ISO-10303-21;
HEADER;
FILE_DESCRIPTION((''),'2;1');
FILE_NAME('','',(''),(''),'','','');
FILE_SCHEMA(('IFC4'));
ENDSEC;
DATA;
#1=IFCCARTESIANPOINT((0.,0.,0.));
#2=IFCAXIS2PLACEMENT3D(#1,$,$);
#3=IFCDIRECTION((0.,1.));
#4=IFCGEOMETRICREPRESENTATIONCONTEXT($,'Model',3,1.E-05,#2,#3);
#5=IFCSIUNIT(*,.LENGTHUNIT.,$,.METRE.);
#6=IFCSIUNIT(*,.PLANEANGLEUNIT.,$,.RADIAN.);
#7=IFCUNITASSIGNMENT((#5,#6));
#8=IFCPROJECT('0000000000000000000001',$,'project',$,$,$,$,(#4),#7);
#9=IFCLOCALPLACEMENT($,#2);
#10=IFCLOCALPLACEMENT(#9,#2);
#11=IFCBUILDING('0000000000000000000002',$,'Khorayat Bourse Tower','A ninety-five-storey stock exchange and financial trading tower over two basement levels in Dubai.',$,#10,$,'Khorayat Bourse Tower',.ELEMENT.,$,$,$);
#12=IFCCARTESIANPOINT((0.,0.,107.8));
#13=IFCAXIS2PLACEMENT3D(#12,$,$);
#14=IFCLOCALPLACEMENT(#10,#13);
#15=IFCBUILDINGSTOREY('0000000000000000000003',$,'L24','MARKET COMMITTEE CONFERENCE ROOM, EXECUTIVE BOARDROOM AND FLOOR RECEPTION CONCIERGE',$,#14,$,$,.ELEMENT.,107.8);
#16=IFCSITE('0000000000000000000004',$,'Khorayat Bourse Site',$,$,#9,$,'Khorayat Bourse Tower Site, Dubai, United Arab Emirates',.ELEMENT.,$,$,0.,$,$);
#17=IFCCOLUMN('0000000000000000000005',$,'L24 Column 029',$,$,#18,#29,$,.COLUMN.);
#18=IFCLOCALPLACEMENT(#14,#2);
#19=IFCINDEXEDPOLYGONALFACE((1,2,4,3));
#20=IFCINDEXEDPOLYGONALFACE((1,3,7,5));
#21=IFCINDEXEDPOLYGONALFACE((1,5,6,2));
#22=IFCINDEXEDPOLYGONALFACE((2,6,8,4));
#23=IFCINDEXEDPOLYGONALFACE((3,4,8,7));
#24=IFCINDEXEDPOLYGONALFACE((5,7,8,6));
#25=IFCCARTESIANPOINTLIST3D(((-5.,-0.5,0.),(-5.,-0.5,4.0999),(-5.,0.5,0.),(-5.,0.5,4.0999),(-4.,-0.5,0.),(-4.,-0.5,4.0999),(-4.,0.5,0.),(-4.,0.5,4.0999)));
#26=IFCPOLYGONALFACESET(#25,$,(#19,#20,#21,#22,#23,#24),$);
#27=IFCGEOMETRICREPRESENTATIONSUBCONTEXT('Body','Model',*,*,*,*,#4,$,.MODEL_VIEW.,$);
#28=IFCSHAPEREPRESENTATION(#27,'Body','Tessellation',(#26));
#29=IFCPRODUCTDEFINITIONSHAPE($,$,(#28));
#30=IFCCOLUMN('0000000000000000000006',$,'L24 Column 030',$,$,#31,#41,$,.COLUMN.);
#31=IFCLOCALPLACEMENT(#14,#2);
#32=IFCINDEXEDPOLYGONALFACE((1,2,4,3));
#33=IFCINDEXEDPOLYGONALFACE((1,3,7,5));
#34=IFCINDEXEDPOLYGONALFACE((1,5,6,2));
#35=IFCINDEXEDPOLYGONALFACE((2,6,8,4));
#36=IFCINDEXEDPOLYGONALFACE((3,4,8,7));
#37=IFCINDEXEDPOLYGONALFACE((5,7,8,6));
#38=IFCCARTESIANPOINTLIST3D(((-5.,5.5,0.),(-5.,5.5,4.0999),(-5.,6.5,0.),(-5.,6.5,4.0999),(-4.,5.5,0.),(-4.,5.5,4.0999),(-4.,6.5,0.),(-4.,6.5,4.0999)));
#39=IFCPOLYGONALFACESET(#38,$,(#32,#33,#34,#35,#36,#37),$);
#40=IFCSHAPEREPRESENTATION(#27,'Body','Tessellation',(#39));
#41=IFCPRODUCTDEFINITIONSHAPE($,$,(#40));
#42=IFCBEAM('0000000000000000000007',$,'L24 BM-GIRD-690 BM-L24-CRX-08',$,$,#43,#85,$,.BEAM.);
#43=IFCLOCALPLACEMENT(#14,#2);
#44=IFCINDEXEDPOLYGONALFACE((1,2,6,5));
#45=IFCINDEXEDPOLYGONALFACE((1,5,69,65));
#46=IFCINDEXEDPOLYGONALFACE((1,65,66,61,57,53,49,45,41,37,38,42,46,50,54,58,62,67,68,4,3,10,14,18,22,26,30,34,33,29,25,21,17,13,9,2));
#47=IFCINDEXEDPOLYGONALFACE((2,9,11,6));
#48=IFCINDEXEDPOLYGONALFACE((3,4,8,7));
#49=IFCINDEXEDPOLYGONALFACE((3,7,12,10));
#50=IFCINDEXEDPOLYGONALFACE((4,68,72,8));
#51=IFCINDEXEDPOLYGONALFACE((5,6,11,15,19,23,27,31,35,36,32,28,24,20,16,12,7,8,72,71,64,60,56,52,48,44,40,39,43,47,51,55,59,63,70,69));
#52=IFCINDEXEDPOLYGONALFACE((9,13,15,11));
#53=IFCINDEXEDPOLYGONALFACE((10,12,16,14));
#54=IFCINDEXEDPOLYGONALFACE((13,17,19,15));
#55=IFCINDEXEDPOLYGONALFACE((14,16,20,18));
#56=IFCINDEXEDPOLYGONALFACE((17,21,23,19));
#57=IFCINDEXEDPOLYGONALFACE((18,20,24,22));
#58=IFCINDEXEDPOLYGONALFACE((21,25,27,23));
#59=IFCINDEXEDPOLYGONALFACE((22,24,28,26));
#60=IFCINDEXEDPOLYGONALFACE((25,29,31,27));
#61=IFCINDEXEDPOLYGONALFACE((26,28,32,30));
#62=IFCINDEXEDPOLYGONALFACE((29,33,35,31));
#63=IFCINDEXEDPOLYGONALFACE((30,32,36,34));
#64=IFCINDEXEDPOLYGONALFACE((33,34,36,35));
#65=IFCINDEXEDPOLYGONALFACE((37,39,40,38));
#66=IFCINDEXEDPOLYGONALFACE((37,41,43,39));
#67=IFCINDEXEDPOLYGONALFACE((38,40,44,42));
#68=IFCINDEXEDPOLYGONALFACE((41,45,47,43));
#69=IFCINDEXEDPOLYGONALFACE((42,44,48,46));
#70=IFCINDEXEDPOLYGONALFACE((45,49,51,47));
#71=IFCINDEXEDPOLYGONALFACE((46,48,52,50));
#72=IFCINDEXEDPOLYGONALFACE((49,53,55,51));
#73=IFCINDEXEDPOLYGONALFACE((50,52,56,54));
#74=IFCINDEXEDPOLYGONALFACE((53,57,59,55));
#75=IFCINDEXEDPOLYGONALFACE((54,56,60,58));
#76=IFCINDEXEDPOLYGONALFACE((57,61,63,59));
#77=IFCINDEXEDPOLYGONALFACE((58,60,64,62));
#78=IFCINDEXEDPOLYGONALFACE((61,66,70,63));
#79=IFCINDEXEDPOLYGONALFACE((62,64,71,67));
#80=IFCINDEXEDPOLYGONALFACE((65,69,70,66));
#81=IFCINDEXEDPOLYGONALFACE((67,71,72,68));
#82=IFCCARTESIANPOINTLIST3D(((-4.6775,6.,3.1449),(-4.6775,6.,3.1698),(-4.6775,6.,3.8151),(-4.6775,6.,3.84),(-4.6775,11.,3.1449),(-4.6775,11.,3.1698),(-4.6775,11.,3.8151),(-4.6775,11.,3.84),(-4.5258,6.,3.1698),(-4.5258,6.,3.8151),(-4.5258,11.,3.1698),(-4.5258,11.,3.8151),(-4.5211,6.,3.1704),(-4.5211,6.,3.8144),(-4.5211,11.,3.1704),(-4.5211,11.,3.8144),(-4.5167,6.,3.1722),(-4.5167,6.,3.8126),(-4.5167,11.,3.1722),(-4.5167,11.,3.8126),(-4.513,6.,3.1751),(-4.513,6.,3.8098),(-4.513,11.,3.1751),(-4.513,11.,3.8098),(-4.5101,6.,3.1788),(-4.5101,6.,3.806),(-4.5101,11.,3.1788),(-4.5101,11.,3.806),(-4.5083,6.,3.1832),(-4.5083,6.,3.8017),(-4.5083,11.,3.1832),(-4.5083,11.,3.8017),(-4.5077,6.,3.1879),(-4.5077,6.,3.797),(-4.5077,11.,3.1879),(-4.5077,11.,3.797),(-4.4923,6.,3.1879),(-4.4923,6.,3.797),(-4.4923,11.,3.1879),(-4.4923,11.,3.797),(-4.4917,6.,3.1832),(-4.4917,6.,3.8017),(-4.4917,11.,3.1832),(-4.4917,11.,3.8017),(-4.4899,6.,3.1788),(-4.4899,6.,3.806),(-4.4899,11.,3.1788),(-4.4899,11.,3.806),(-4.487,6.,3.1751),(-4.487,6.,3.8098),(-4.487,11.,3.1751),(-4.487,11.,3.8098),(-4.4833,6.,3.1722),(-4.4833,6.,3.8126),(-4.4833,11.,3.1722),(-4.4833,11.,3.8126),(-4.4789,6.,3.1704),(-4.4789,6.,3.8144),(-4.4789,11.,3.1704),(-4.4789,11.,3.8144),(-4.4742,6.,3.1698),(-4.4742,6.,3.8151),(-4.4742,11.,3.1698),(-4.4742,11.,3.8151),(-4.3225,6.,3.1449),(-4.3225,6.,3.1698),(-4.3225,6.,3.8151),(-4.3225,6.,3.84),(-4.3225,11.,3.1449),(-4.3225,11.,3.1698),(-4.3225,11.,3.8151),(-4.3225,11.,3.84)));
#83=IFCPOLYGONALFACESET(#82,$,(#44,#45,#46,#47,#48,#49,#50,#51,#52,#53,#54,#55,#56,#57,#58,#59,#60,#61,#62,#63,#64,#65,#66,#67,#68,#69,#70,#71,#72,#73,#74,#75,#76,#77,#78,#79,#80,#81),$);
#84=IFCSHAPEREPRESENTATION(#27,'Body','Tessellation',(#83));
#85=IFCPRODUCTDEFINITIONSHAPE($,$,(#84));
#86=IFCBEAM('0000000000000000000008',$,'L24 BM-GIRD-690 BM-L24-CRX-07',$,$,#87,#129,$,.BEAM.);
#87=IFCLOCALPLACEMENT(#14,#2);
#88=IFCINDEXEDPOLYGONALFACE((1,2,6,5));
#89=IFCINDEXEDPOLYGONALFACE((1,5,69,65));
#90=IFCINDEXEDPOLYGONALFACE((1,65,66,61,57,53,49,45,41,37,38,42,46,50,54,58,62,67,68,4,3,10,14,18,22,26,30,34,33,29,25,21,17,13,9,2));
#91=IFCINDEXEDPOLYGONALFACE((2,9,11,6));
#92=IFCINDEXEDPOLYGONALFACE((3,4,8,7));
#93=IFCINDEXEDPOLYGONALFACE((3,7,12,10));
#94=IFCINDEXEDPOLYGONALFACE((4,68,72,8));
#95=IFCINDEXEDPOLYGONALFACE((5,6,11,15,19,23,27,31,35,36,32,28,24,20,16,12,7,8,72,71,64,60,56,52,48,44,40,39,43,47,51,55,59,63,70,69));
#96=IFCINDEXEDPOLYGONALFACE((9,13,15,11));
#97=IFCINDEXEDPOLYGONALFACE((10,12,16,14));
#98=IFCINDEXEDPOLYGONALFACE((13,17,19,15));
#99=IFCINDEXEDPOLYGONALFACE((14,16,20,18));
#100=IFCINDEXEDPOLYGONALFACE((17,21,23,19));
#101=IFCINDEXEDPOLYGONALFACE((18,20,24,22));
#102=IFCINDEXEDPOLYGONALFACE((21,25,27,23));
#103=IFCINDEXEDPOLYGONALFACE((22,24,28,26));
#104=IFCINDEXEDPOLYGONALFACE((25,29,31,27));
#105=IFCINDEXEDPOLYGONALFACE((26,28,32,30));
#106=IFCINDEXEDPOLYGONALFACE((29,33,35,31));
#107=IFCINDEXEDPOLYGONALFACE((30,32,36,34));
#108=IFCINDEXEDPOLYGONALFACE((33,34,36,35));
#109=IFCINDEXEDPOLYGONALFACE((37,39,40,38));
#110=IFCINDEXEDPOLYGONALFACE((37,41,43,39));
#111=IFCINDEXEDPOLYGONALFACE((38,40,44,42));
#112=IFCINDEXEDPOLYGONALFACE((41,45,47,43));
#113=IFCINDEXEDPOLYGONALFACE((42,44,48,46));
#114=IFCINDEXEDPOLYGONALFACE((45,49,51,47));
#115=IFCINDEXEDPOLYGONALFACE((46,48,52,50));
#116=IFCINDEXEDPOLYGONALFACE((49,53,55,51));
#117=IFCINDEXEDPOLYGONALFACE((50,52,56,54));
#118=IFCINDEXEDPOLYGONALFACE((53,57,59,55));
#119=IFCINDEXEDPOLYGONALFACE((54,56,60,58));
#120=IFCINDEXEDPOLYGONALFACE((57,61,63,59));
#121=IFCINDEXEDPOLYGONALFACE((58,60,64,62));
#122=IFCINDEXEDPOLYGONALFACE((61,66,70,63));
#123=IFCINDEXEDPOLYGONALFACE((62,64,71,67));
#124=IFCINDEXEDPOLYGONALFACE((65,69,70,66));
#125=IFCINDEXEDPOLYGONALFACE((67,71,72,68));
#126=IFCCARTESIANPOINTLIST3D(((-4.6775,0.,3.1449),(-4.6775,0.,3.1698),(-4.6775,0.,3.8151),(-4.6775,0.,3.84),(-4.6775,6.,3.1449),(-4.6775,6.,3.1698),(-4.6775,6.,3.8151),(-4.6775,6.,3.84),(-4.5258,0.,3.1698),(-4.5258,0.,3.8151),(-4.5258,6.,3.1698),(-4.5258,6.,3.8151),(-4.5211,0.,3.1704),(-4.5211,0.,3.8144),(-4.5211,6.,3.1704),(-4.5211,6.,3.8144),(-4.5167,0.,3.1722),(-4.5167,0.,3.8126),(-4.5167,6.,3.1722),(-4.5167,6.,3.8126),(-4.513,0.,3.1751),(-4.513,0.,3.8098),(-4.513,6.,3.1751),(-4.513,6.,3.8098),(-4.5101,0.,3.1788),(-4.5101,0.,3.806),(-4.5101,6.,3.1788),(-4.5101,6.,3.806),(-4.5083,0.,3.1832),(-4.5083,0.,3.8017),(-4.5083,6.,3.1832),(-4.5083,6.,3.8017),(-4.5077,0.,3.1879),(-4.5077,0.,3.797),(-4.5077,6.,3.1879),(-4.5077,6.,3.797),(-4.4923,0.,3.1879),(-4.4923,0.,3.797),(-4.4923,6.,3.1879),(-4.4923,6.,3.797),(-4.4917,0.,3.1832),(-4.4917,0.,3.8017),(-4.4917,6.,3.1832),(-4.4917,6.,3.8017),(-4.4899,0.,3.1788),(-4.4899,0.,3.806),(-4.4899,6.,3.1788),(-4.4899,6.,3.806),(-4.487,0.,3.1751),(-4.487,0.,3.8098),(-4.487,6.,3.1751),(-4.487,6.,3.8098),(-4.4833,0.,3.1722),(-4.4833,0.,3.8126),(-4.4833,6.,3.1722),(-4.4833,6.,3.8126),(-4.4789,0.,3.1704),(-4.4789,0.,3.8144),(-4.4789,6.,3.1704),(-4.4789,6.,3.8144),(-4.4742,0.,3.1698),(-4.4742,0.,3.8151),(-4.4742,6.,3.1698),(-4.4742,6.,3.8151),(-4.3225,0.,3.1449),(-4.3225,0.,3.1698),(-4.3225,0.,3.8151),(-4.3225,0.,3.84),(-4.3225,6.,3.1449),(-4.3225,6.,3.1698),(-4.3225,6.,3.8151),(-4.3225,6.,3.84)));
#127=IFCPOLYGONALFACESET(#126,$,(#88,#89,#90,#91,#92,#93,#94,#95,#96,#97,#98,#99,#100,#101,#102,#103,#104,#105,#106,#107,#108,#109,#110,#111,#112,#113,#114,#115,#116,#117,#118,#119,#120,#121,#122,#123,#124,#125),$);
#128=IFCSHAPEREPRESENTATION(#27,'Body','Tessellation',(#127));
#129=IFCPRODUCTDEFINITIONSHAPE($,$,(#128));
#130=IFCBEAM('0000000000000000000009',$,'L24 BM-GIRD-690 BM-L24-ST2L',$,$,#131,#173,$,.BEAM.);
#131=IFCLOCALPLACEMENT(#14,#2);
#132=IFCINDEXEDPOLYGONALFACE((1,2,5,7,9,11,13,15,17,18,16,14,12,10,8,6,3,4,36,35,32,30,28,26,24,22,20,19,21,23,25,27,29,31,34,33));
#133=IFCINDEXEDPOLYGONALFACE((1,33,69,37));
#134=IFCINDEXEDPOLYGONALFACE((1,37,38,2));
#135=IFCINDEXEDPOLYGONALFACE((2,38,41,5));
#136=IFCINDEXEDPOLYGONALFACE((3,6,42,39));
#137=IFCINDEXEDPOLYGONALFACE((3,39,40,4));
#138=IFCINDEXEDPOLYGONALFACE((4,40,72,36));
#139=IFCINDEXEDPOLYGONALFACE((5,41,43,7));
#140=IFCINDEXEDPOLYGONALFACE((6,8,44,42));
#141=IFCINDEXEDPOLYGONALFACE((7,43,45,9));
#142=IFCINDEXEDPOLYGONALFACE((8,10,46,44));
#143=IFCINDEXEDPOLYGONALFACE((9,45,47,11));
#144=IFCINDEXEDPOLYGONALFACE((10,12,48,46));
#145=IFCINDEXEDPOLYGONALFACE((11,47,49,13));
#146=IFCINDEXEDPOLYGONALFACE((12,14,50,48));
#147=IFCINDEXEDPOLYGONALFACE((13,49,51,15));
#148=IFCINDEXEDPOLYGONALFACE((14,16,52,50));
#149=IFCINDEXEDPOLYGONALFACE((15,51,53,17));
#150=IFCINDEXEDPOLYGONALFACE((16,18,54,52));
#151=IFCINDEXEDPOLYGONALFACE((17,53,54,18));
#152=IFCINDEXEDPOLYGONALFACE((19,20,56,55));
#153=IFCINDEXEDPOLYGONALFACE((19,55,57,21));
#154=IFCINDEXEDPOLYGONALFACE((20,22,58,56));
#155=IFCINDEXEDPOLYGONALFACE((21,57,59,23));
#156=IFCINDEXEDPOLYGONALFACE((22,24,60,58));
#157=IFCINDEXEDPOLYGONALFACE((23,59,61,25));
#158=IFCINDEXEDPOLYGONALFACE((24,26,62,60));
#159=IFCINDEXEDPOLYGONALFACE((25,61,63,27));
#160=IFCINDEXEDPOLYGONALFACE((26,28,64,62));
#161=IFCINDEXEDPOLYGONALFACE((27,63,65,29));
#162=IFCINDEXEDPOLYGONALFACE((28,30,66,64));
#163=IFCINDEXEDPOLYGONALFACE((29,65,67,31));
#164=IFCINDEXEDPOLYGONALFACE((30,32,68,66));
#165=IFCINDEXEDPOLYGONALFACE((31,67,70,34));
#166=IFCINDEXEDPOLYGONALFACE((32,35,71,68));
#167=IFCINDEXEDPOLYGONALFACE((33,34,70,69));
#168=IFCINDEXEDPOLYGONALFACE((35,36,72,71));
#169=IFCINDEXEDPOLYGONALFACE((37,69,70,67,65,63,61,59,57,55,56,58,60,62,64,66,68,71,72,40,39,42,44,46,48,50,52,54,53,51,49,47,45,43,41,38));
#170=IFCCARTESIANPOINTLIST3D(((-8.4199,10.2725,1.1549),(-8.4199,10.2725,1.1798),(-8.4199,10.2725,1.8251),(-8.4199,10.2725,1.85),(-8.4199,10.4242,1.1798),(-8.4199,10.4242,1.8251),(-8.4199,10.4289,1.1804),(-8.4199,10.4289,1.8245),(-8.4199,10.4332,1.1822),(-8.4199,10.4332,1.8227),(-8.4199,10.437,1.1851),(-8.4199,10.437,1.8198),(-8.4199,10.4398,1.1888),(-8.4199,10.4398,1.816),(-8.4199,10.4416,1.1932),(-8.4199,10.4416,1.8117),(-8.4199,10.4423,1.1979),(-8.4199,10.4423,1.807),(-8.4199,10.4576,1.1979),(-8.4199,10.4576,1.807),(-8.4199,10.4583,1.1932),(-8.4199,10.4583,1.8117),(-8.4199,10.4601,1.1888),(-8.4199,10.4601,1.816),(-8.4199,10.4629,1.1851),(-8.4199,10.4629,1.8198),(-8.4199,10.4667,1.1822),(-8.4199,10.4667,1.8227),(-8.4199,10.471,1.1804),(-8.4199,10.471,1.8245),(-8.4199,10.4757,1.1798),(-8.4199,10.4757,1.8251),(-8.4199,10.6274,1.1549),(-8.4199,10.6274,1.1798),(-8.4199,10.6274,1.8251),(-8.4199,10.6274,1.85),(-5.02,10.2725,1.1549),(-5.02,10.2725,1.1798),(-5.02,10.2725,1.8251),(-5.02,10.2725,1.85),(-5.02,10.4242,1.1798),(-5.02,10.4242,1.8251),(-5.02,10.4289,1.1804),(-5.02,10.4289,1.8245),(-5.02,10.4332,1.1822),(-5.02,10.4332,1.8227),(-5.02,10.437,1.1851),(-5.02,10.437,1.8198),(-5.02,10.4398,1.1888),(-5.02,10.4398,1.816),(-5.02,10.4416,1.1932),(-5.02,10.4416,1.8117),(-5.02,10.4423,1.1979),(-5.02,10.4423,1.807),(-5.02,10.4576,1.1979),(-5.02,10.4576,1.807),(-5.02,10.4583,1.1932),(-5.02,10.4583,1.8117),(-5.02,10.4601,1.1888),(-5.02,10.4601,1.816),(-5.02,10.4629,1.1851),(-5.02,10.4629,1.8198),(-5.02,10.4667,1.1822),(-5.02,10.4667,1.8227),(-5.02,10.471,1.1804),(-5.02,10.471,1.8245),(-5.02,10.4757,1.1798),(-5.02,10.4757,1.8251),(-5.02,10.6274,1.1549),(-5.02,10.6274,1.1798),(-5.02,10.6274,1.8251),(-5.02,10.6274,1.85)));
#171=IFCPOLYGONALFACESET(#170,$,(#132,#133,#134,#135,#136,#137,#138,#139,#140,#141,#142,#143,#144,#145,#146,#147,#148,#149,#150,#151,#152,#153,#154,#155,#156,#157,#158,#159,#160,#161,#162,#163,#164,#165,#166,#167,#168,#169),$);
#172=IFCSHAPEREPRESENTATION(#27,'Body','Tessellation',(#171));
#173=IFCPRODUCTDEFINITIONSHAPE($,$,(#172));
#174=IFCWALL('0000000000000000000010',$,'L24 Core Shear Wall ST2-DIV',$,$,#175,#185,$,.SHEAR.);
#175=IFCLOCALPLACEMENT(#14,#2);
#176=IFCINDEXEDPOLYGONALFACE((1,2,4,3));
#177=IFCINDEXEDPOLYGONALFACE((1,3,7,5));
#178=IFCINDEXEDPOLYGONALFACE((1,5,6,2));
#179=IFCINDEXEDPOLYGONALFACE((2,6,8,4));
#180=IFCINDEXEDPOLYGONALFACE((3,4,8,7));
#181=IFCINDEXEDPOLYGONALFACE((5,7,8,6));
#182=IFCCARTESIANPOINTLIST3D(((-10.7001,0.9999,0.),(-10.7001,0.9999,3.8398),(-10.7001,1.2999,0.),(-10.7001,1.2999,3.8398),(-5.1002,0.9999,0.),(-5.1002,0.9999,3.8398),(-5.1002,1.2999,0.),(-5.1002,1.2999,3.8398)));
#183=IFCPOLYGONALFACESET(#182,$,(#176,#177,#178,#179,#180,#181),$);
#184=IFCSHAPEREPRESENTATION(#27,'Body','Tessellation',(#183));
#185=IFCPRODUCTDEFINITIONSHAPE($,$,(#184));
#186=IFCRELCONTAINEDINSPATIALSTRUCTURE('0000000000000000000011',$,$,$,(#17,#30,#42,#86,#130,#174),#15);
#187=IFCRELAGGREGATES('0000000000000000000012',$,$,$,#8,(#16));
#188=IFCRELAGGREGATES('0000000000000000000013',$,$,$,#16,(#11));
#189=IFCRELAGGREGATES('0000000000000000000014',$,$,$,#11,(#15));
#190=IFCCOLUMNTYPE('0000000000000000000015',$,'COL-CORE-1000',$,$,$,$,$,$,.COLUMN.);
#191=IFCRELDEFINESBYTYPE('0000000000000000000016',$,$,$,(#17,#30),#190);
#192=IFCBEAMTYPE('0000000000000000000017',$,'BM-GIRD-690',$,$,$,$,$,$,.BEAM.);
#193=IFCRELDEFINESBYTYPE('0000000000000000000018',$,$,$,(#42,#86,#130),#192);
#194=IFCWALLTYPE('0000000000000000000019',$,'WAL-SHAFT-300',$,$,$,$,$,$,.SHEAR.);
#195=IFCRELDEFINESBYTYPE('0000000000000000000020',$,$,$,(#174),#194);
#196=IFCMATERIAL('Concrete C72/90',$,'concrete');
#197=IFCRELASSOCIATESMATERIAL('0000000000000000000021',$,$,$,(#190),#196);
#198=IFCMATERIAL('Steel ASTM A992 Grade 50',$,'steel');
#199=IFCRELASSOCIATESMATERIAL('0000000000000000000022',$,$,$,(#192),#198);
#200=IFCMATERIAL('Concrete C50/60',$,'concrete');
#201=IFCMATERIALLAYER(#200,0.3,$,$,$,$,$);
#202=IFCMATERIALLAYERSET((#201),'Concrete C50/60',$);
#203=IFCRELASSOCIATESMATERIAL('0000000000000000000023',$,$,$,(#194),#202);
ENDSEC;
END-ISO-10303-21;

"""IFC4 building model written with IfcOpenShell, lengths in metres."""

from ifc_helpers import new_model, si_unit, direction, frame, frame_2d, origin, origin_2d, place, context, subcontext, project, spatial, rectangle, i_section, extrude, source, transform, mapped, material, layer, layer_set, material_profile, profile_set, type_object, element, save


model = new_model("IFC4")

# Units and contexts
model_context = context("Model", 3, precision=1e-05, world=origin(), true_north=direction((0.0, 1.0)))
body_context = subcontext(model_context, "Body", "Model", "MODEL_VIEW")
ifc_project = project(units=[si_unit("LENGTHUNIT", "METRE"), si_unit("PLANEANGLEUNIT", "RADIAN")], contexts=[model_context])

# Site, building, storey
site_placement = place(None, origin())
site = spatial("IfcSite", under=ifc_project, at=site_placement, Name="Khorayat Bourse Site", LongName="Khorayat Bourse Tower Site, Dubai, United Arab Emirates", CompositionType="ELEMENT", RefElevation=0.0)
building_placement = place(site_placement, origin())
building = spatial("IfcBuilding", under=site, at=building_placement, Name="Khorayat Bourse Tower", Description="A ninety-five-storey stock exchange and financial trading tower over two basement levels in Dubai.", LongName="Khorayat Bourse Tower", CompositionType="ELEMENT")
storey_placement = place(building_placement, frame((0.0, 0.0, 107.8)))
storey = spatial("IfcBuildingStorey", under=building, at=storey_placement, Name="L24", Description="MARKET COMMITTEE CONFERENCE ROOM, EXECUTIVE BOARDROOM AND FLOOR RECEPTION CONCIERGE", CompositionType="ELEMENT", Elevation=107.8)

# Columns
ifc_material_1 = material(Name="Concrete C72/90", Category="concrete")
ifc_material_profile_1 = material_profile(ifc_material_1, rectangle(XDim=1.0, YDim=1.0, at=origin_2d()), Name="RC 1000x1000")
ifc_profile_set_1 = profile_set([ifc_material_profile_1], Name="Concrete C72/90")
column_type = type_object("IfcColumnType", Name="COL-CORE-1000", PredefinedType="COLUMN", material=ifc_profile_set_1)
shared_shape_1 = source(origin(), body_context, "Body", "SweptSolid", [
    extrude(rectangle(XDim=1.0, YDim=1.0, at=origin_2d()), origin(), (0.0, 0.0, 1.0), 4.0999),
])
for number, where, z_axis, x_axis, name in (
    (1, (-4.5, 0.0, 0.0), (0.0, 0.0, 1.0), (1.0, 0.0, 0.0), "L24 Column 029"),
    (2, (-4.5, 6.0, 0.0), (0.0, 0.0, 1.0), (1.0, 0.0, 0.0), "L24 Column 030"),
):
    element("IfcColumn", number, at=place(storey_placement, frame(where, z_axis=z_axis, x_axis=x_axis)), inside=storey, type_object=column_type, Name=name, PredefinedType="COLUMN", context=body_context, shape_type="MappedRepresentation", body=[
        mapped(shared_shape_1, transform((0.0, 0.0, 0.0), scale=1.0)),
    ])

# Beams
ifc_material_2 = material(Name="Steel ASTM A992 Grade 50", Category="steel")
ifc_material_profile_2 = material_profile(ifc_material_2, i_section(OverallWidth=0.355, OverallDepth=0.6951, WebThickness=0.0154, FlangeThickness=0.0249, FilletRadius=0.0181, at=origin_2d()), Name="W690X217")
ifc_profile_set_2 = profile_set([ifc_material_profile_2], Name="Steel ASTM A992 Grade 50")
beam_type = type_object("IfcBeamType", Name="BM-GIRD-690", PredefinedType="BEAM", material=ifc_profile_set_2)
shared_shape_2 = source(origin(), body_context, "Body", "SweptSolid", [
    extrude(i_section(OverallWidth=0.355, OverallDepth=0.6951, WebThickness=0.0154, FlangeThickness=0.0249, FilletRadius=0.0181, at=origin_2d()), origin(), (0.0, 0.0, 1.0), 5.0),
])
beam_1_placement = place(storey_placement, frame((-4.5, 6.0, 3.4924), z_axis=(0.0, 1.0, 0.0), x_axis=(-1.0, 0.0, 0.0)))
element("IfcBeam", 3, at=beam_1_placement, inside=storey, type_object=beam_type, Name="L24 BM-GIRD-690 BM-L24-CRX-08", PredefinedType="BEAM", context=body_context, shape_type="MappedRepresentation", body=[
    mapped(shared_shape_2, transform((0.0, 0.0, 0.0), scale=1.0)),
])
shared_shape_3 = source(origin(), body_context, "Body", "SweptSolid", [
    extrude(i_section(OverallWidth=0.355, OverallDepth=0.6951, WebThickness=0.0154, FlangeThickness=0.0249, FilletRadius=0.0181, at=origin_2d()), origin(), (0.0, 0.0, 1.0), 6.0),
])
beam_2_placement = place(storey_placement, frame((-4.5, 0.0, 3.4924), z_axis=(0.0, 1.0, 0.0), x_axis=(-1.0, 0.0, 0.0)))
element("IfcBeam", 4, at=beam_2_placement, inside=storey, type_object=beam_type, Name="L24 BM-GIRD-690 BM-L24-CRX-07", PredefinedType="BEAM", context=body_context, shape_type="MappedRepresentation", body=[
    mapped(shared_shape_3, transform((0.0, 0.0, 0.0), scale=1.0)),
])
shared_shape_4 = source(origin(), body_context, "Body", "SweptSolid", [
    extrude(i_section(OverallWidth=0.355, OverallDepth=0.6951, WebThickness=0.0154, FlangeThickness=0.0249, FilletRadius=0.0181, at=origin_2d()), origin(), (0.0, 0.0, 1.0), 3.3999),
])
beam_3_placement = place(storey_placement, frame((-8.4199, 10.45, 1.5024), z_axis=(1.0, 0.0, 0.0), x_axis=(0.0, 1.0, 0.0)))
element("IfcBeam", 5, at=beam_3_placement, inside=storey, type_object=beam_type, Name="L24 BM-GIRD-690 BM-L24-ST2L", PredefinedType="BEAM", context=body_context, shape_type="MappedRepresentation", body=[
    mapped(shared_shape_4, transform((0.0, 0.0, 0.0), scale=1.0)),
])

# Wall
ifc_material_3 = material(Name="Concrete C50/60", Category="concrete")
ifc_layer_1 = layer(ifc_material_3, 0.3)
ifc_layer_set_1 = layer_set([ifc_layer_1], Name="Concrete C50/60")
wall_type_1 = type_object("IfcWallType", Name="WAL-SHAFT-300", PredefinedType="SHEAR", material=ifc_layer_set_1)
shared_shape_5 = source(origin(), body_context, "Body", "SweptSolid", [
    extrude(rectangle(XDim=5.5999, YDim=0.3, at=frame_2d((2.7998, 0.0))), origin(), (0.0, 0.0, 1.0), 3.8398),
])
wall_1_placement = place(storey_placement, frame((-10.7, 1.1499, 0.0), z_axis=(0.0, 0.0, 1.0), x_axis=(1.0, 0.0, 0.0)))
element("IfcWall", 6, at=wall_1_placement, inside=storey, type_object=wall_type_1, Name="L24 Core Shear Wall ST2-DIV", PredefinedType="SHEAR", context=body_context, shape_type="MappedRepresentation", body=[
    mapped(shared_shape_5, transform((0.0, 0.0, 0.0), scale=1.0)),
])

save(model, "model.ifc")
